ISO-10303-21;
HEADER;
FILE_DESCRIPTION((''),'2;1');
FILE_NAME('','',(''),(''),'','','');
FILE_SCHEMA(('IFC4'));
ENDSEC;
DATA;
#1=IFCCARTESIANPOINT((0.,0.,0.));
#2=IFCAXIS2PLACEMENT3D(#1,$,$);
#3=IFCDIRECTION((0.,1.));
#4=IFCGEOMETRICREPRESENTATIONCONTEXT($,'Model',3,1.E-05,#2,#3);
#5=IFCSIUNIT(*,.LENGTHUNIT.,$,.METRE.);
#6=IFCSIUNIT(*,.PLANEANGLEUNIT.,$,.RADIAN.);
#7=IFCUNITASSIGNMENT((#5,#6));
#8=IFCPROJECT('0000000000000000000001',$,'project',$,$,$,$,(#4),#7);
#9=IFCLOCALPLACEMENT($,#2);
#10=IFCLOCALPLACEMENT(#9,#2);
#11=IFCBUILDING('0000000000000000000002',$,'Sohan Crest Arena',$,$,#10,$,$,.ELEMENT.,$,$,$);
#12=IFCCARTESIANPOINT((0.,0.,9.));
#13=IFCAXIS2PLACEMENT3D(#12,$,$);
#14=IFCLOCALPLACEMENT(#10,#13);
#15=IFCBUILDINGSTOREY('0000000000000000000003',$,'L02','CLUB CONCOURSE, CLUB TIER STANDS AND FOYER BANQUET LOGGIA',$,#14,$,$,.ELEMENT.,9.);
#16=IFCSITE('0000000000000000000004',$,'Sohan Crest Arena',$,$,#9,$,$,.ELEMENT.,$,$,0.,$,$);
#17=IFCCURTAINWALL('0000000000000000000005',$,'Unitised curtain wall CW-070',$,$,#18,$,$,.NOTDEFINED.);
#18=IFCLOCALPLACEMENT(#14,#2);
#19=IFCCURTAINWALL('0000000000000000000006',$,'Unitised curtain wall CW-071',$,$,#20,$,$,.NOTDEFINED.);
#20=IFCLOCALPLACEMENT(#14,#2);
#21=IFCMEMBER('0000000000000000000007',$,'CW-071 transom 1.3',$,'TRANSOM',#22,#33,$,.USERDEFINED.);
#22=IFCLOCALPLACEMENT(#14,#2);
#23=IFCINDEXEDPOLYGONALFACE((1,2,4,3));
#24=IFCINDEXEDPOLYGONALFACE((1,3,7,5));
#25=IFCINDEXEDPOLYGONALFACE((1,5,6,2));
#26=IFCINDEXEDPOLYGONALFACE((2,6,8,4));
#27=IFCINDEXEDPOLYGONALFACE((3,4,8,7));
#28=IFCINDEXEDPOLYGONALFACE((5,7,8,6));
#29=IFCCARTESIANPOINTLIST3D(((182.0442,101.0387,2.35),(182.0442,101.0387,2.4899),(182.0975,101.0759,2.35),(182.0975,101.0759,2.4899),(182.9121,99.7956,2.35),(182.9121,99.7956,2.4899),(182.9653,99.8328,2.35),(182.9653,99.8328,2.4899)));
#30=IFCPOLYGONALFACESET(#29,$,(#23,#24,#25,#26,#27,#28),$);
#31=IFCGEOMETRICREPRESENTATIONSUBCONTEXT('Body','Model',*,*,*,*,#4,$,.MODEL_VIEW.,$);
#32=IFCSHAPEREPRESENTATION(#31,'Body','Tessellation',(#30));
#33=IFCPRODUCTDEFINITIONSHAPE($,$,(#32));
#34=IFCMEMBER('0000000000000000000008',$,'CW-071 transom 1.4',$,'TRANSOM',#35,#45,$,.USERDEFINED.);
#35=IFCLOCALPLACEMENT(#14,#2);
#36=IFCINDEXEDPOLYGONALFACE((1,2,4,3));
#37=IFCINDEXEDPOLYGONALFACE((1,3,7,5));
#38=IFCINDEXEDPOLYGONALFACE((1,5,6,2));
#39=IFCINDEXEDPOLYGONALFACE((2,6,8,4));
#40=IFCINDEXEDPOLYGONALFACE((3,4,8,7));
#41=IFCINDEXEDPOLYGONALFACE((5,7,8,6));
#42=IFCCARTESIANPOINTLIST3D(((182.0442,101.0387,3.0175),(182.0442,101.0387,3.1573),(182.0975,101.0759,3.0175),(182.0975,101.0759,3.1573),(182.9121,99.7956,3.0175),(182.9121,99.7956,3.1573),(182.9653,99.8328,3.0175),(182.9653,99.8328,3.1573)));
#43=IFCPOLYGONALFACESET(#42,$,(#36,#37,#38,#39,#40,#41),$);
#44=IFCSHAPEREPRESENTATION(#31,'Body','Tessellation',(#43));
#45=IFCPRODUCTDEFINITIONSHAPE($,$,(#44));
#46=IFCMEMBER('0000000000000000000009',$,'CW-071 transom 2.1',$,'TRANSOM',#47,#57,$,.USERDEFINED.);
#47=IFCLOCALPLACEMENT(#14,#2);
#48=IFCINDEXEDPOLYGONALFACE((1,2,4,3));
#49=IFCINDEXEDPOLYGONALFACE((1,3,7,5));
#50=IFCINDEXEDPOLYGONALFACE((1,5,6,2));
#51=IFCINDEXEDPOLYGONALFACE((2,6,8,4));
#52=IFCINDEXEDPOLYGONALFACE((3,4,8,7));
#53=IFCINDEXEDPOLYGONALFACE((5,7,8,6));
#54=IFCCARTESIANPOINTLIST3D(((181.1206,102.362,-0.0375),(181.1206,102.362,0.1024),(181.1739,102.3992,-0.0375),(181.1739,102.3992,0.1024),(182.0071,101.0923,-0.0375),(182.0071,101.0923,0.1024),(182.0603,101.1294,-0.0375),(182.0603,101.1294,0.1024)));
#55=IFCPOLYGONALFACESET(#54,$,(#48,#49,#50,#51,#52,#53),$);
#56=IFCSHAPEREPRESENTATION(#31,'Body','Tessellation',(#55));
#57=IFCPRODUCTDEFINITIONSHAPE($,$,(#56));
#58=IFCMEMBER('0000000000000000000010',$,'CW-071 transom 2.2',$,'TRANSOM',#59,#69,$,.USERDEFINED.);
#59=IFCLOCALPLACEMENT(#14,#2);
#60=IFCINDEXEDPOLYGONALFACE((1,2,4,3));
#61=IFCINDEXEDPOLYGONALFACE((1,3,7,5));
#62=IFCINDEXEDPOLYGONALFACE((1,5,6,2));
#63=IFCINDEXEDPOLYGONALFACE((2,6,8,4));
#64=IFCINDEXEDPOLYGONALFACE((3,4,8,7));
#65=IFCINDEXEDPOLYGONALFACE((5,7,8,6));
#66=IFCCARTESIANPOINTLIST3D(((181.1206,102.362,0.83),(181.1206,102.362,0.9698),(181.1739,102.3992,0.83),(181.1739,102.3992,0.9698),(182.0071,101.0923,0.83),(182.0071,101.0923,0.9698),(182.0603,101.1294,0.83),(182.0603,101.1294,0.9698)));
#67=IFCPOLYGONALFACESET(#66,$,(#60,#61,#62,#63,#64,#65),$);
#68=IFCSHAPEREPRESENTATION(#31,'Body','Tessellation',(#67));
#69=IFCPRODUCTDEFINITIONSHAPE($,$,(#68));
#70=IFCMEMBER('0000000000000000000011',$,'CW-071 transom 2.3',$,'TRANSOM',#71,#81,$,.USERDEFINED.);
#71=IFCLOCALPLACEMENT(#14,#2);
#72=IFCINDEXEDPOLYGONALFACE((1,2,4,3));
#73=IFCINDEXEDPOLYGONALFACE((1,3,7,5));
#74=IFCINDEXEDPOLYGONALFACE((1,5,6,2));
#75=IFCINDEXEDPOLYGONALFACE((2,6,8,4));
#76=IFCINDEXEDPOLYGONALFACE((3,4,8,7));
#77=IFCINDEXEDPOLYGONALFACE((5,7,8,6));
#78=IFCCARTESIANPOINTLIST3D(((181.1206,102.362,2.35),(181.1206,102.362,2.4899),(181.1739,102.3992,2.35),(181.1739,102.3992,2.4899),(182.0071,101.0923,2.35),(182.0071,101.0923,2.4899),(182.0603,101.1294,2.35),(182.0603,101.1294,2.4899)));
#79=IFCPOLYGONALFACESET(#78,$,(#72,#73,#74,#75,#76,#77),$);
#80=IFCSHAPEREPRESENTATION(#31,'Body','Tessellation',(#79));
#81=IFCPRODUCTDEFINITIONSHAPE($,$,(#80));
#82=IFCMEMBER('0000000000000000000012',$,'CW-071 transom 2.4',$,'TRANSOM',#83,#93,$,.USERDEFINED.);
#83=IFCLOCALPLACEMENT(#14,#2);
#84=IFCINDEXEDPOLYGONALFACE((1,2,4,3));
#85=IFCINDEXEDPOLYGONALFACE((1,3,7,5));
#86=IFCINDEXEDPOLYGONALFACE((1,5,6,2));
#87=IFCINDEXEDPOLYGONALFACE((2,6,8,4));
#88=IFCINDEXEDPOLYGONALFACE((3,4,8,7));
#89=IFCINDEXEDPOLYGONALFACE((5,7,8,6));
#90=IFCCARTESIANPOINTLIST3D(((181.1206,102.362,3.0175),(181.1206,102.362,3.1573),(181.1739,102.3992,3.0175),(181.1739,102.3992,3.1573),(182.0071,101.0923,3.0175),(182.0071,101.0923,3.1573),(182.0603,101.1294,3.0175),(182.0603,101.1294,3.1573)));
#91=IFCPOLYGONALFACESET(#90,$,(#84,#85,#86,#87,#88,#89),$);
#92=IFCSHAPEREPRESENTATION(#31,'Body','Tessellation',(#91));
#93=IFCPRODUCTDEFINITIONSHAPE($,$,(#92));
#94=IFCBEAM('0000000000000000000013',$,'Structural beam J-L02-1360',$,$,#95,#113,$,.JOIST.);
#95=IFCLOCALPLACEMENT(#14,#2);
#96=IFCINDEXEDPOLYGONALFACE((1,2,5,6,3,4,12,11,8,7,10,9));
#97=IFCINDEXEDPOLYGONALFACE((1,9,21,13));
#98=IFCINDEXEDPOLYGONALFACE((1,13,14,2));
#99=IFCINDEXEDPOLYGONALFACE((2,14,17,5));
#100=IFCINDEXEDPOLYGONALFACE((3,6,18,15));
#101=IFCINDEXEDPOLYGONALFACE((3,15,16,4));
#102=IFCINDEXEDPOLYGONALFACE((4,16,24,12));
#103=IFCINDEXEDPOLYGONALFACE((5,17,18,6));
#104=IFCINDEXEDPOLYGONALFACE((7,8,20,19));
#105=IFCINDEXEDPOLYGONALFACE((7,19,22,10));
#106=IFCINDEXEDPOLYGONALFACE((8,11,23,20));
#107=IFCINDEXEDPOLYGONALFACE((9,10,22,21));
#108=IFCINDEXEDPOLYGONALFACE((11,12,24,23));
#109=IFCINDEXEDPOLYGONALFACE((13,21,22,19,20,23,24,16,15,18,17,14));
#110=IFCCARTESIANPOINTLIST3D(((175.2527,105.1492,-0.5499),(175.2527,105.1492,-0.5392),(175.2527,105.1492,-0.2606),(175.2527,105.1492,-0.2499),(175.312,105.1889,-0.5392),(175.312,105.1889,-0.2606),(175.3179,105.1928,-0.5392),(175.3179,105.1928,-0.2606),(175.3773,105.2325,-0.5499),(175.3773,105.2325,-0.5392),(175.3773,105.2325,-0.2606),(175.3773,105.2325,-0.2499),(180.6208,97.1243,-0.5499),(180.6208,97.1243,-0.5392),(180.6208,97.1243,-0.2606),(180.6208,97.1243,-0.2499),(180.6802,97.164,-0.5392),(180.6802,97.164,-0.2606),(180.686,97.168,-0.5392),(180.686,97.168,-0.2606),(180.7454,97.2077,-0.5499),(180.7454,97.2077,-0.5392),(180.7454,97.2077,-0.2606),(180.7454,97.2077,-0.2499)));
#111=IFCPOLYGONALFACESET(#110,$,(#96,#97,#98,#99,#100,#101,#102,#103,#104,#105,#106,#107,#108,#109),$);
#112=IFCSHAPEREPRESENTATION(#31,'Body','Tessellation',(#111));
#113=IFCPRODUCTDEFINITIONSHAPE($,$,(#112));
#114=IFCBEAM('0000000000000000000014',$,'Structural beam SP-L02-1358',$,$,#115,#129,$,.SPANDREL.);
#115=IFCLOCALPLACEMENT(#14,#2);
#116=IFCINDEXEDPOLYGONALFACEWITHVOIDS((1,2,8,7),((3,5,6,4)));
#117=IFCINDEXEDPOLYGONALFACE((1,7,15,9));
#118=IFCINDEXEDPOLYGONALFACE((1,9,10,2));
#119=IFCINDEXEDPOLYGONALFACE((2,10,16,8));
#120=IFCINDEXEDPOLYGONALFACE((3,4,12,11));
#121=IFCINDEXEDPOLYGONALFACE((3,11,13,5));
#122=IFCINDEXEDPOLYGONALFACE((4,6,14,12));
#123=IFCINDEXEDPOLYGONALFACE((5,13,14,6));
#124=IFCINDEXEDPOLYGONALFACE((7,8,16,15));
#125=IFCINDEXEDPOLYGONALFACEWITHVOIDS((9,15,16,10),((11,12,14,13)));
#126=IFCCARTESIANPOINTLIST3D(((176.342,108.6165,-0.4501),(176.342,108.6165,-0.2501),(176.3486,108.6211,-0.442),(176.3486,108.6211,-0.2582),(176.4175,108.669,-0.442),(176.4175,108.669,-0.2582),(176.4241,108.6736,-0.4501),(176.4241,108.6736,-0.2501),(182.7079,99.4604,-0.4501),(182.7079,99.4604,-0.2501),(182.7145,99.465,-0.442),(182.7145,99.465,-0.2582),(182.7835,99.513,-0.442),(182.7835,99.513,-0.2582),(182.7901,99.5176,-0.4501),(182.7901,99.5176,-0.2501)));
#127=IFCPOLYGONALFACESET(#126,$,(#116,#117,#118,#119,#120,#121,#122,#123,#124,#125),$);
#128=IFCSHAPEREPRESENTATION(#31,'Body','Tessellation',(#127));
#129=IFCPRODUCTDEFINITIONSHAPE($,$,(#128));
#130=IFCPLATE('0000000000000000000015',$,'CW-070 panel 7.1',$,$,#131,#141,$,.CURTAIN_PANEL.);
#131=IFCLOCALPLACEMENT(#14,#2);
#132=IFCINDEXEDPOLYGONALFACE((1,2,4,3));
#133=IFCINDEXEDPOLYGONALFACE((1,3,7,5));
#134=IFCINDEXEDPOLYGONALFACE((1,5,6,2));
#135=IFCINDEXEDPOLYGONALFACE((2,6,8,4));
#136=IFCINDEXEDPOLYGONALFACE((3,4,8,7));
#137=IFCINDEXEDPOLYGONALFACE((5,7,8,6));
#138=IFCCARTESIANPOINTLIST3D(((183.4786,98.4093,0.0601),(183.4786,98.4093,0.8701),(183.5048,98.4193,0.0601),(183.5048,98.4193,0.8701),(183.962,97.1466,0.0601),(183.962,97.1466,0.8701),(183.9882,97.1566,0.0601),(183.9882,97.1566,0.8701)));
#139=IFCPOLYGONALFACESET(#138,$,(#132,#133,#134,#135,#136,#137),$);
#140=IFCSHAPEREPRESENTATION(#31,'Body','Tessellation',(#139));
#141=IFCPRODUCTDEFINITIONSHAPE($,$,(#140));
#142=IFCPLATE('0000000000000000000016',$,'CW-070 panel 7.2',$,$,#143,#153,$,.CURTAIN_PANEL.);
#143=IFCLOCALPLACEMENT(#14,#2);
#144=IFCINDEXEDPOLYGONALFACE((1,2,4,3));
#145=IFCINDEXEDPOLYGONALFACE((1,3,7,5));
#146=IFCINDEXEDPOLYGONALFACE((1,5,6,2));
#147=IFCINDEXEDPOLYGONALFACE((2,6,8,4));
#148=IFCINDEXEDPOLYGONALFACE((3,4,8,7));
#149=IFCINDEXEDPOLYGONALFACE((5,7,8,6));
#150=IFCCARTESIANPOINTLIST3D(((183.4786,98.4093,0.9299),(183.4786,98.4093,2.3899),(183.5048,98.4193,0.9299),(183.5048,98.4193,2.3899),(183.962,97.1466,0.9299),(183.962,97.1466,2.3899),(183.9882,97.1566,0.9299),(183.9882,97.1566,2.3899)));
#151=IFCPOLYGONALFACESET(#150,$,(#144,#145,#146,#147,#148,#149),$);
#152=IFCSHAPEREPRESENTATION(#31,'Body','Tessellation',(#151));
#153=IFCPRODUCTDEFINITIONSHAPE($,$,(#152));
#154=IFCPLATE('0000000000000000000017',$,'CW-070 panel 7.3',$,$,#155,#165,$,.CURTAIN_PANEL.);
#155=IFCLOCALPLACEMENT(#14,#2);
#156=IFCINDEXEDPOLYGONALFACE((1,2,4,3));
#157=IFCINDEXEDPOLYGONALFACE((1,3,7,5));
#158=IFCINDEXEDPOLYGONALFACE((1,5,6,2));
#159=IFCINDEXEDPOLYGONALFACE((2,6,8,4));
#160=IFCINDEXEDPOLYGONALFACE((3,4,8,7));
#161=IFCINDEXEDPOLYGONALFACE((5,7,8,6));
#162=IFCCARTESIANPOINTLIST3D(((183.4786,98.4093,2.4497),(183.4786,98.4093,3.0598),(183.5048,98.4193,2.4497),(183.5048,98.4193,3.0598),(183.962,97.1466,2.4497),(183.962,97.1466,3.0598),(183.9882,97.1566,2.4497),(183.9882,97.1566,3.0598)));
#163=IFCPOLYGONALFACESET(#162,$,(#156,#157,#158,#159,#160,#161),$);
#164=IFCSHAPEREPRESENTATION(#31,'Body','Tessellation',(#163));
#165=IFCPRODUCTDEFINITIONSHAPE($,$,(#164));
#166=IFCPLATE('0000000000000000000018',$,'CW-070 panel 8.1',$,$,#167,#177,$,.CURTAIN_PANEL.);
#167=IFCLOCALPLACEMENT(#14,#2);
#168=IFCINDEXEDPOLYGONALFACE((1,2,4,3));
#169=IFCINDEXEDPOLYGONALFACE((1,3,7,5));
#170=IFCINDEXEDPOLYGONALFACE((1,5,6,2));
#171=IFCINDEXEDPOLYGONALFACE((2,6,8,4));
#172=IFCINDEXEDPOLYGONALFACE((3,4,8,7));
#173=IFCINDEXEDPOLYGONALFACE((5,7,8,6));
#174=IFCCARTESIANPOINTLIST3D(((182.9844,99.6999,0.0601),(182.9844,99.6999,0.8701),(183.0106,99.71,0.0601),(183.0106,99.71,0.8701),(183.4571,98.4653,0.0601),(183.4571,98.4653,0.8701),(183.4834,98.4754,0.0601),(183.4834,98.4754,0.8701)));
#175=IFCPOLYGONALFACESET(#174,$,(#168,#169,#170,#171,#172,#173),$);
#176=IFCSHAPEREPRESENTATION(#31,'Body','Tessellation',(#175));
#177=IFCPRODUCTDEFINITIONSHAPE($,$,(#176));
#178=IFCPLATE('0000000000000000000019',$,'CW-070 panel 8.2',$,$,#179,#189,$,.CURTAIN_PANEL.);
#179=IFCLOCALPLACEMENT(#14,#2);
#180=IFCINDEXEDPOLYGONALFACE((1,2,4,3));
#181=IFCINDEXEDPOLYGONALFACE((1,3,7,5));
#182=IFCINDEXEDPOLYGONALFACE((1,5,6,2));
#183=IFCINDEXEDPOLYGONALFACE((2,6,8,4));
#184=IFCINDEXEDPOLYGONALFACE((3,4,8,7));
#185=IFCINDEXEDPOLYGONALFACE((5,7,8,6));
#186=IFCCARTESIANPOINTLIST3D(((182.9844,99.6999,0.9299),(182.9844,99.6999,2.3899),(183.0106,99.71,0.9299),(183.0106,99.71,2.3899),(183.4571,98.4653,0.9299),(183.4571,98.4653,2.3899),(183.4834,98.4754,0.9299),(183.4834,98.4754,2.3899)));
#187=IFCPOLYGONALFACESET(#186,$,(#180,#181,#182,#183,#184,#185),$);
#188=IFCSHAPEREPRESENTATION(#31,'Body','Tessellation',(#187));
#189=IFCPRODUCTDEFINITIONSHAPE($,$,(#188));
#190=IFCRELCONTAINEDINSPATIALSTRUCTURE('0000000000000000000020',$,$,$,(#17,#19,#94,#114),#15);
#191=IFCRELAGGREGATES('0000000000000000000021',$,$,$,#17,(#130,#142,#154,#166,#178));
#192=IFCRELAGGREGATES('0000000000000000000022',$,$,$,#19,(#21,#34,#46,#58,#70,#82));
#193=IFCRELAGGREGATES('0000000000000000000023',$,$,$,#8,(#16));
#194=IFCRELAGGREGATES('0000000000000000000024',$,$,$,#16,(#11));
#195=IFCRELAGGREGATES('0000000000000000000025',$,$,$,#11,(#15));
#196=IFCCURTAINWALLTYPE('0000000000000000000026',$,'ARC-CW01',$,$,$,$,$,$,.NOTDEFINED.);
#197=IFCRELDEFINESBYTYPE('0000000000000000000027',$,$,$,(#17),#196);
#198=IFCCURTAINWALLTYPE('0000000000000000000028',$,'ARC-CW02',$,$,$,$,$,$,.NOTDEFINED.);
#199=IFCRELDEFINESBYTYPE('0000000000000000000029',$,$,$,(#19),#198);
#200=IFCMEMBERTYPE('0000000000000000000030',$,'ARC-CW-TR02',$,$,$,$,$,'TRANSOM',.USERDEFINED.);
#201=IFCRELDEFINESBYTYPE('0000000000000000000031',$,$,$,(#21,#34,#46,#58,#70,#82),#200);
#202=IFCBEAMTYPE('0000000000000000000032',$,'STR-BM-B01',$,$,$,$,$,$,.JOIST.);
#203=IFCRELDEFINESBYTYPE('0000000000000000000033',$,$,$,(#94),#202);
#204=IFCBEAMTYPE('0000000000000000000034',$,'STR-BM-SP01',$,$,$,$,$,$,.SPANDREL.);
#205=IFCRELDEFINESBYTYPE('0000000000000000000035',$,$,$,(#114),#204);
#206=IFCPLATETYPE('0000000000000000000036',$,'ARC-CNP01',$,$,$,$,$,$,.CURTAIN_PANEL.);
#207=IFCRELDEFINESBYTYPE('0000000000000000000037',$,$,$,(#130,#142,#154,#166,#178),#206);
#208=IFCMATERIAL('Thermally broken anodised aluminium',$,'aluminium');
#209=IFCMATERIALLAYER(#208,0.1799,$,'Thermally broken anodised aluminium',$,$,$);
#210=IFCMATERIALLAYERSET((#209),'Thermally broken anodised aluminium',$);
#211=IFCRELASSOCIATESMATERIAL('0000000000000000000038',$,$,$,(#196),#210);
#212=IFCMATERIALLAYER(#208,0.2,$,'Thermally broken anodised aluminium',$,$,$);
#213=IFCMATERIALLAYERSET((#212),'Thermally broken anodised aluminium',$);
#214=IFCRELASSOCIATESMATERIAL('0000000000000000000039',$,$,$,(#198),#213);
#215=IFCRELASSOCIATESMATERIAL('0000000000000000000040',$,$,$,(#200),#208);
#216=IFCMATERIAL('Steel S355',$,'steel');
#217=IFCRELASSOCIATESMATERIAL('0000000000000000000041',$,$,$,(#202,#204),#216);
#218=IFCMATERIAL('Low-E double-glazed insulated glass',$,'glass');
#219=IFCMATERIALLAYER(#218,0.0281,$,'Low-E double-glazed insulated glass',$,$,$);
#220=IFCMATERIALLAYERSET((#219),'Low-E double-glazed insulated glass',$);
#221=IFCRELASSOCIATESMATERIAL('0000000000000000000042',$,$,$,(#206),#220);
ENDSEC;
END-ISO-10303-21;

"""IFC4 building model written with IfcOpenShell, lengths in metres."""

from ifc_helpers import new_model, si_unit, direction, frame, origin, origin_2d, place, context, subcontext, project, spatial, rectangle, hollow_rectangle, i_section, extrude, material, layer, layer_set, material_profile, profile_set, type_object, element, aggregate, save


model = new_model("IFC4")

# Units and contexts
model_context = context("Model", 3, precision=1e-05, world=origin(), true_north=direction((0.0, 1.0)))
body_context = subcontext(model_context, "Body", "Model", "MODEL_VIEW")
ifc_project = project(units=[si_unit("LENGTHUNIT", "METRE"), si_unit("PLANEANGLEUNIT", "RADIAN")], contexts=[model_context])

# Site, building, storey
site_placement = place(None, origin())
site = spatial("IfcSite", under=ifc_project, at=site_placement, Name="Sohan Crest Arena", CompositionType="ELEMENT", RefElevation=0.0)
building_placement = place(site_placement, origin())
building = spatial("IfcBuilding", under=site, at=building_placement, Name="Sohan Crest Arena", CompositionType="ELEMENT")
storey_placement = place(building_placement, frame((0.0, 0.0, 9.0)))
storey = spatial("IfcBuildingStorey", under=building, at=storey_placement, Name="L02", Description="CLUB CONCOURSE, CLUB TIER STANDS AND FOYER BANQUET LOGGIA", CompositionType="ELEMENT", Elevation=9.0)

# Shared definitions
ifc_material_1 = material(Name="Steel S355", Category="steel")

# Curtain walls
ifc_material_2 = material(Name="Thermally broken anodised aluminium", Category="aluminium")
ifc_layer_1 = layer(ifc_material_2, 0.1799, Name="Thermally broken anodised aluminium")
ifc_layer_set_1 = layer_set([ifc_layer_1], Name="Thermally broken anodised aluminium")
curtain_wall_type_1 = type_object("IfcCurtainWallType", Name="ARC-CW01", PredefinedType="NOTDEFINED", material=ifc_layer_set_1)
curtain_wall_1_placement = place(storey_placement, origin())
curtain_wall_1 = element("IfcCurtainWall", 1, at=curtain_wall_1_placement, inside=storey, type_object=curtain_wall_type_1, Name="Unitised curtain wall CW-070", PredefinedType="NOTDEFINED")
ifc_layer_2 = layer(ifc_material_2, 0.2, Name="Thermally broken anodised aluminium")
ifc_layer_set_2 = layer_set([ifc_layer_2], Name="Thermally broken anodised aluminium")
curtain_wall_type_2 = type_object("IfcCurtainWallType", Name="ARC-CW02", PredefinedType="NOTDEFINED", material=ifc_layer_set_2)
curtain_wall_2_placement = place(storey_placement, origin())
curtain_wall_2 = element("IfcCurtainWall", 2, at=curtain_wall_2_placement, inside=storey, type_object=curtain_wall_type_2, Name="Unitised curtain wall CW-071", PredefinedType="NOTDEFINED")

# Members
ifc_material_profile_1 = material_profile(ifc_material_2, rectangle(XDim=0.0649, YDim=0.1399, at=origin_2d()), Name="ALU-TRAN 65x140")
ifc_profile_set_1 = profile_set([ifc_material_profile_1], Name="Thermally broken anodised aluminium")
member_type_1 = type_object("IfcMemberType", Name="ARC-CW-TR02", ElementType="TRANSOM", PredefinedType="USERDEFINED", material=ifc_profile_set_1)
member_1_placement = place(storey_placement, frame((182.9387, 99.8142, 2.4199), z_axis=(-0.572446, 0.819942, 0.0), x_axis=(-0.819942, -0.572446, 0.0)))
member_1 = element("IfcMember", 3, at=member_1_placement, type_object=member_type_1, Name="CW-071 transom 1.3", ObjectType="TRANSOM", PredefinedType="USERDEFINED", context=body_context, shape_type="SweptSolid", body=[
    extrude(rectangle(XDim=0.0649, YDim=0.1399, at=origin_2d()), origin(), (0.0, 0.0, 1.0), 1.5161),
])
member_2_placement = place(storey_placement, frame((182.9387, 99.8142, 3.0874), z_axis=(-0.572446, 0.819942, 0.0), x_axis=(-0.819942, -0.572446, 0.0)))
member_2 = element("IfcMember", 4, at=member_2_placement, type_object=member_type_1, Name="CW-071 transom 1.4", ObjectType="TRANSOM", PredefinedType="USERDEFINED", context=body_context, shape_type="SweptSolid", body=[
    extrude(rectangle(XDim=0.0649, YDim=0.1399, at=origin_2d()), origin(), (0.0, 0.0, 1.0), 1.5161),
])
member_3_placement = place(storey_placement, frame((182.0337, 101.1108, 0.0325), z_axis=(-0.572436, 0.81995, 0.0), x_axis=(-0.81995, -0.572436, 0.0)))
member_3 = element("IfcMember", 5, at=member_3_placement, type_object=member_type_1, Name="CW-071 transom 2.1", ObjectType="TRANSOM", PredefinedType="USERDEFINED", context=body_context, shape_type="SweptSolid", body=[
    extrude(rectangle(XDim=0.0649, YDim=0.1399, at=origin_2d()), origin(), (0.0, 0.0, 1.0), 1.5486),
])
member_4_placement = place(storey_placement, frame((182.0337, 101.1108, 0.8999), z_axis=(-0.572436, 0.81995, 0.0), x_axis=(-0.81995, -0.572436, 0.0)))
member_4 = element("IfcMember", 6, at=member_4_placement, type_object=member_type_1, Name="CW-071 transom 2.2", ObjectType="TRANSOM", PredefinedType="USERDEFINED", context=body_context, shape_type="SweptSolid", body=[
    extrude(rectangle(XDim=0.0649, YDim=0.1399, at=origin_2d()), origin(), (0.0, 0.0, 1.0), 1.5486),
])
member_5_placement = place(storey_placement, frame((182.0337, 101.1108, 2.4199), z_axis=(-0.572436, 0.81995, 0.0), x_axis=(-0.81995, -0.572436, 0.0)))
member_5 = element("IfcMember", 7, at=member_5_placement, type_object=member_type_1, Name="CW-071 transom 2.3", ObjectType="TRANSOM", PredefinedType="USERDEFINED", context=body_context, shape_type="SweptSolid", body=[
    extrude(rectangle(XDim=0.0649, YDim=0.1399, at=origin_2d()), origin(), (0.0, 0.0, 1.0), 1.5486),
])
member_6_placement = place(storey_placement, frame((182.0337, 101.1108, 3.0874), z_axis=(-0.572436, 0.81995, 0.0), x_axis=(-0.81995, -0.572436, 0.0)))
member_6 = element("IfcMember", 8, at=member_6_placement, type_object=member_type_1, Name="CW-071 transom 2.4", ObjectType="TRANSOM", PredefinedType="USERDEFINED", context=body_context, shape_type="SweptSolid", body=[
    extrude(rectangle(XDim=0.0649, YDim=0.1399, at=origin_2d()), origin(), (0.0, 0.0, 1.0), 1.5486),
])

# Beams
ifc_material_profile_2 = material_profile(ifc_material_1, i_section(OverallWidth=0.1499, OverallDepth=0.3, WebThickness=0.0071, FlangeThickness=0.0107, at=origin_2d()), Name="IPE 300")
ifc_profile_set_2 = profile_set([ifc_material_profile_2], Name="Steel S355")
beam_type_1 = type_object("IfcBeamType", Name="STR-BM-B01", PredefinedType="JOIST", material=ifc_profile_set_2)
beam_1_placement = place(storey_placement, frame((180.6831, 97.166, -0.3999), z_axis=(-0.556007, 0.831178, 0.0), x_axis=(-0.831178, -0.556007, 0.0)))
element("IfcBeam", 9, at=beam_1_placement, inside=storey, type_object=beam_type_1, Name="Structural beam J-L02-1360", PredefinedType="JOIST", context=body_context, shape_type="SweptSolid", body=[
    extrude(i_section(OverallWidth=0.1499, OverallDepth=0.3, WebThickness=0.0071, FlangeThickness=0.0107, at=origin_2d()), origin(), (0.0, 0.0, 1.0), 9.6548),
])
ifc_material_profile_3 = material_profile(ifc_material_1, hollow_rectangle(XDim=0.1001, YDim=0.2, WallThickness=0.0081, at=origin_2d()), Name="RHS 200x100x8")
ifc_profile_set_3 = profile_set([ifc_material_profile_3], Name="Steel S355")
beam_type_2 = type_object("IfcBeamType", Name="STR-BM-SP01", PredefinedType="SPANDREL", material=ifc_profile_set_3)
beam_2_placement = place(storey_placement, frame((182.749, 99.489, -0.3501), z_axis=(-0.570857, 0.821049, 0.0), x_axis=(-0.821049, -0.570857, 0.0)))
element("IfcBeam", 10, at=beam_2_placement, inside=storey, type_object=beam_type_2, Name="Structural beam SP-L02-1358", PredefinedType="SPANDREL", context=body_context, shape_type="SweptSolid", body=[
    extrude(hollow_rectangle(XDim=0.1001, YDim=0.2, WallThickness=0.0081, at=origin_2d()), origin(), (0.0, 0.0, 1.0), 11.1516),
])

# Plates
ifc_material_3 = material(Name="Low-E double-glazed insulated glass", Category="glass")
ifc_layer_3 = layer(ifc_material_3, 0.0281, Name="Low-E double-glazed insulated glass")
ifc_layer_set_3 = layer_set([ifc_layer_3], Name="Low-E double-glazed insulated glass")
plate_type_1 = type_object("IfcPlateType", Name="ARC-CNP01", PredefinedType="CURTAIN_PANEL", material=ifc_layer_set_3)
plate_1_placement = place(storey_placement, frame((183.7334, 97.783, 0.0601), z_axis=(0.0, 0.0, 1.0), x_axis=(-0.357567, 0.933888, 0.0)))
plate_1 = element("IfcPlate", 11, at=plate_1_placement, type_object=plate_type_1, Name="CW-070 panel 7.1", PredefinedType="CURTAIN_PANEL", context=body_context, shape_type="SweptSolid", body=[
    extrude(rectangle(XDim=1.3521, YDim=0.0281, at=origin_2d()), origin(), (0.0, 0.0, 1.0), 0.8101),
])
plate_2_placement = place(storey_placement, frame((183.7334, 97.783, 0.9299), z_axis=(0.0, 0.0, 1.0), x_axis=(-0.357567, 0.933888, 0.0)))
plate_2 = element("IfcPlate", 12, at=plate_2_placement, type_object=plate_type_1, Name="CW-070 panel 7.2", PredefinedType="CURTAIN_PANEL", context=body_context, shape_type="SweptSolid", body=[
    extrude(rectangle(XDim=1.3521, YDim=0.0281, at=origin_2d()), origin(), (0.0, 0.0, 1.0), 1.46),
])
plate_3_placement = place(storey_placement, frame((183.7334, 97.783, 2.4497), z_axis=(0.0, 0.0, 1.0), x_axis=(-0.357567, 0.933888, 0.0)))
plate_3 = element("IfcPlate", 13, at=plate_3_placement, type_object=plate_type_1, Name="CW-070 panel 7.3", PredefinedType="CURTAIN_PANEL", context=body_context, shape_type="SweptSolid", body=[
    extrude(rectangle(XDim=1.3521, YDim=0.0281, at=origin_2d()), origin(), (0.0, 0.0, 1.0), 0.6101),
])
plate_4_placement = place(storey_placement, frame((183.2339, 99.0876, 0.0601), z_axis=(0.0, 0.0, 1.0), x_axis=(-0.357567, 0.933888, 0.0)))
plate_4 = element("IfcPlate", 14, at=plate_4_placement, type_object=plate_type_1, Name="CW-070 panel 8.1", PredefinedType="CURTAIN_PANEL", context=body_context, shape_type="SweptSolid", body=[
    extrude(rectangle(XDim=1.322, YDim=0.0281, at=origin_2d()), origin(), (0.0, 0.0, 1.0), 0.8101),
])
plate_5_placement = place(storey_placement, frame((183.2339, 99.0876, 0.9299), z_axis=(0.0, 0.0, 1.0), x_axis=(-0.357567, 0.933888, 0.0)))
plate_5 = element("IfcPlate", 15, at=plate_5_placement, type_object=plate_type_1, Name="CW-070 panel 8.2", PredefinedType="CURTAIN_PANEL", context=body_context, shape_type="SweptSolid", body=[
    extrude(rectangle(XDim=1.322, YDim=0.0281, at=origin_2d()), origin(), (0.0, 0.0, 1.0), 1.46),
])
aggregate(curtain_wall_1, [plate_1, plate_2, plate_3, plate_4, plate_5])
aggregate(curtain_wall_2, [member_1, member_2, member_3, member_4, member_5, member_6])

save(model, "model.ifc")
